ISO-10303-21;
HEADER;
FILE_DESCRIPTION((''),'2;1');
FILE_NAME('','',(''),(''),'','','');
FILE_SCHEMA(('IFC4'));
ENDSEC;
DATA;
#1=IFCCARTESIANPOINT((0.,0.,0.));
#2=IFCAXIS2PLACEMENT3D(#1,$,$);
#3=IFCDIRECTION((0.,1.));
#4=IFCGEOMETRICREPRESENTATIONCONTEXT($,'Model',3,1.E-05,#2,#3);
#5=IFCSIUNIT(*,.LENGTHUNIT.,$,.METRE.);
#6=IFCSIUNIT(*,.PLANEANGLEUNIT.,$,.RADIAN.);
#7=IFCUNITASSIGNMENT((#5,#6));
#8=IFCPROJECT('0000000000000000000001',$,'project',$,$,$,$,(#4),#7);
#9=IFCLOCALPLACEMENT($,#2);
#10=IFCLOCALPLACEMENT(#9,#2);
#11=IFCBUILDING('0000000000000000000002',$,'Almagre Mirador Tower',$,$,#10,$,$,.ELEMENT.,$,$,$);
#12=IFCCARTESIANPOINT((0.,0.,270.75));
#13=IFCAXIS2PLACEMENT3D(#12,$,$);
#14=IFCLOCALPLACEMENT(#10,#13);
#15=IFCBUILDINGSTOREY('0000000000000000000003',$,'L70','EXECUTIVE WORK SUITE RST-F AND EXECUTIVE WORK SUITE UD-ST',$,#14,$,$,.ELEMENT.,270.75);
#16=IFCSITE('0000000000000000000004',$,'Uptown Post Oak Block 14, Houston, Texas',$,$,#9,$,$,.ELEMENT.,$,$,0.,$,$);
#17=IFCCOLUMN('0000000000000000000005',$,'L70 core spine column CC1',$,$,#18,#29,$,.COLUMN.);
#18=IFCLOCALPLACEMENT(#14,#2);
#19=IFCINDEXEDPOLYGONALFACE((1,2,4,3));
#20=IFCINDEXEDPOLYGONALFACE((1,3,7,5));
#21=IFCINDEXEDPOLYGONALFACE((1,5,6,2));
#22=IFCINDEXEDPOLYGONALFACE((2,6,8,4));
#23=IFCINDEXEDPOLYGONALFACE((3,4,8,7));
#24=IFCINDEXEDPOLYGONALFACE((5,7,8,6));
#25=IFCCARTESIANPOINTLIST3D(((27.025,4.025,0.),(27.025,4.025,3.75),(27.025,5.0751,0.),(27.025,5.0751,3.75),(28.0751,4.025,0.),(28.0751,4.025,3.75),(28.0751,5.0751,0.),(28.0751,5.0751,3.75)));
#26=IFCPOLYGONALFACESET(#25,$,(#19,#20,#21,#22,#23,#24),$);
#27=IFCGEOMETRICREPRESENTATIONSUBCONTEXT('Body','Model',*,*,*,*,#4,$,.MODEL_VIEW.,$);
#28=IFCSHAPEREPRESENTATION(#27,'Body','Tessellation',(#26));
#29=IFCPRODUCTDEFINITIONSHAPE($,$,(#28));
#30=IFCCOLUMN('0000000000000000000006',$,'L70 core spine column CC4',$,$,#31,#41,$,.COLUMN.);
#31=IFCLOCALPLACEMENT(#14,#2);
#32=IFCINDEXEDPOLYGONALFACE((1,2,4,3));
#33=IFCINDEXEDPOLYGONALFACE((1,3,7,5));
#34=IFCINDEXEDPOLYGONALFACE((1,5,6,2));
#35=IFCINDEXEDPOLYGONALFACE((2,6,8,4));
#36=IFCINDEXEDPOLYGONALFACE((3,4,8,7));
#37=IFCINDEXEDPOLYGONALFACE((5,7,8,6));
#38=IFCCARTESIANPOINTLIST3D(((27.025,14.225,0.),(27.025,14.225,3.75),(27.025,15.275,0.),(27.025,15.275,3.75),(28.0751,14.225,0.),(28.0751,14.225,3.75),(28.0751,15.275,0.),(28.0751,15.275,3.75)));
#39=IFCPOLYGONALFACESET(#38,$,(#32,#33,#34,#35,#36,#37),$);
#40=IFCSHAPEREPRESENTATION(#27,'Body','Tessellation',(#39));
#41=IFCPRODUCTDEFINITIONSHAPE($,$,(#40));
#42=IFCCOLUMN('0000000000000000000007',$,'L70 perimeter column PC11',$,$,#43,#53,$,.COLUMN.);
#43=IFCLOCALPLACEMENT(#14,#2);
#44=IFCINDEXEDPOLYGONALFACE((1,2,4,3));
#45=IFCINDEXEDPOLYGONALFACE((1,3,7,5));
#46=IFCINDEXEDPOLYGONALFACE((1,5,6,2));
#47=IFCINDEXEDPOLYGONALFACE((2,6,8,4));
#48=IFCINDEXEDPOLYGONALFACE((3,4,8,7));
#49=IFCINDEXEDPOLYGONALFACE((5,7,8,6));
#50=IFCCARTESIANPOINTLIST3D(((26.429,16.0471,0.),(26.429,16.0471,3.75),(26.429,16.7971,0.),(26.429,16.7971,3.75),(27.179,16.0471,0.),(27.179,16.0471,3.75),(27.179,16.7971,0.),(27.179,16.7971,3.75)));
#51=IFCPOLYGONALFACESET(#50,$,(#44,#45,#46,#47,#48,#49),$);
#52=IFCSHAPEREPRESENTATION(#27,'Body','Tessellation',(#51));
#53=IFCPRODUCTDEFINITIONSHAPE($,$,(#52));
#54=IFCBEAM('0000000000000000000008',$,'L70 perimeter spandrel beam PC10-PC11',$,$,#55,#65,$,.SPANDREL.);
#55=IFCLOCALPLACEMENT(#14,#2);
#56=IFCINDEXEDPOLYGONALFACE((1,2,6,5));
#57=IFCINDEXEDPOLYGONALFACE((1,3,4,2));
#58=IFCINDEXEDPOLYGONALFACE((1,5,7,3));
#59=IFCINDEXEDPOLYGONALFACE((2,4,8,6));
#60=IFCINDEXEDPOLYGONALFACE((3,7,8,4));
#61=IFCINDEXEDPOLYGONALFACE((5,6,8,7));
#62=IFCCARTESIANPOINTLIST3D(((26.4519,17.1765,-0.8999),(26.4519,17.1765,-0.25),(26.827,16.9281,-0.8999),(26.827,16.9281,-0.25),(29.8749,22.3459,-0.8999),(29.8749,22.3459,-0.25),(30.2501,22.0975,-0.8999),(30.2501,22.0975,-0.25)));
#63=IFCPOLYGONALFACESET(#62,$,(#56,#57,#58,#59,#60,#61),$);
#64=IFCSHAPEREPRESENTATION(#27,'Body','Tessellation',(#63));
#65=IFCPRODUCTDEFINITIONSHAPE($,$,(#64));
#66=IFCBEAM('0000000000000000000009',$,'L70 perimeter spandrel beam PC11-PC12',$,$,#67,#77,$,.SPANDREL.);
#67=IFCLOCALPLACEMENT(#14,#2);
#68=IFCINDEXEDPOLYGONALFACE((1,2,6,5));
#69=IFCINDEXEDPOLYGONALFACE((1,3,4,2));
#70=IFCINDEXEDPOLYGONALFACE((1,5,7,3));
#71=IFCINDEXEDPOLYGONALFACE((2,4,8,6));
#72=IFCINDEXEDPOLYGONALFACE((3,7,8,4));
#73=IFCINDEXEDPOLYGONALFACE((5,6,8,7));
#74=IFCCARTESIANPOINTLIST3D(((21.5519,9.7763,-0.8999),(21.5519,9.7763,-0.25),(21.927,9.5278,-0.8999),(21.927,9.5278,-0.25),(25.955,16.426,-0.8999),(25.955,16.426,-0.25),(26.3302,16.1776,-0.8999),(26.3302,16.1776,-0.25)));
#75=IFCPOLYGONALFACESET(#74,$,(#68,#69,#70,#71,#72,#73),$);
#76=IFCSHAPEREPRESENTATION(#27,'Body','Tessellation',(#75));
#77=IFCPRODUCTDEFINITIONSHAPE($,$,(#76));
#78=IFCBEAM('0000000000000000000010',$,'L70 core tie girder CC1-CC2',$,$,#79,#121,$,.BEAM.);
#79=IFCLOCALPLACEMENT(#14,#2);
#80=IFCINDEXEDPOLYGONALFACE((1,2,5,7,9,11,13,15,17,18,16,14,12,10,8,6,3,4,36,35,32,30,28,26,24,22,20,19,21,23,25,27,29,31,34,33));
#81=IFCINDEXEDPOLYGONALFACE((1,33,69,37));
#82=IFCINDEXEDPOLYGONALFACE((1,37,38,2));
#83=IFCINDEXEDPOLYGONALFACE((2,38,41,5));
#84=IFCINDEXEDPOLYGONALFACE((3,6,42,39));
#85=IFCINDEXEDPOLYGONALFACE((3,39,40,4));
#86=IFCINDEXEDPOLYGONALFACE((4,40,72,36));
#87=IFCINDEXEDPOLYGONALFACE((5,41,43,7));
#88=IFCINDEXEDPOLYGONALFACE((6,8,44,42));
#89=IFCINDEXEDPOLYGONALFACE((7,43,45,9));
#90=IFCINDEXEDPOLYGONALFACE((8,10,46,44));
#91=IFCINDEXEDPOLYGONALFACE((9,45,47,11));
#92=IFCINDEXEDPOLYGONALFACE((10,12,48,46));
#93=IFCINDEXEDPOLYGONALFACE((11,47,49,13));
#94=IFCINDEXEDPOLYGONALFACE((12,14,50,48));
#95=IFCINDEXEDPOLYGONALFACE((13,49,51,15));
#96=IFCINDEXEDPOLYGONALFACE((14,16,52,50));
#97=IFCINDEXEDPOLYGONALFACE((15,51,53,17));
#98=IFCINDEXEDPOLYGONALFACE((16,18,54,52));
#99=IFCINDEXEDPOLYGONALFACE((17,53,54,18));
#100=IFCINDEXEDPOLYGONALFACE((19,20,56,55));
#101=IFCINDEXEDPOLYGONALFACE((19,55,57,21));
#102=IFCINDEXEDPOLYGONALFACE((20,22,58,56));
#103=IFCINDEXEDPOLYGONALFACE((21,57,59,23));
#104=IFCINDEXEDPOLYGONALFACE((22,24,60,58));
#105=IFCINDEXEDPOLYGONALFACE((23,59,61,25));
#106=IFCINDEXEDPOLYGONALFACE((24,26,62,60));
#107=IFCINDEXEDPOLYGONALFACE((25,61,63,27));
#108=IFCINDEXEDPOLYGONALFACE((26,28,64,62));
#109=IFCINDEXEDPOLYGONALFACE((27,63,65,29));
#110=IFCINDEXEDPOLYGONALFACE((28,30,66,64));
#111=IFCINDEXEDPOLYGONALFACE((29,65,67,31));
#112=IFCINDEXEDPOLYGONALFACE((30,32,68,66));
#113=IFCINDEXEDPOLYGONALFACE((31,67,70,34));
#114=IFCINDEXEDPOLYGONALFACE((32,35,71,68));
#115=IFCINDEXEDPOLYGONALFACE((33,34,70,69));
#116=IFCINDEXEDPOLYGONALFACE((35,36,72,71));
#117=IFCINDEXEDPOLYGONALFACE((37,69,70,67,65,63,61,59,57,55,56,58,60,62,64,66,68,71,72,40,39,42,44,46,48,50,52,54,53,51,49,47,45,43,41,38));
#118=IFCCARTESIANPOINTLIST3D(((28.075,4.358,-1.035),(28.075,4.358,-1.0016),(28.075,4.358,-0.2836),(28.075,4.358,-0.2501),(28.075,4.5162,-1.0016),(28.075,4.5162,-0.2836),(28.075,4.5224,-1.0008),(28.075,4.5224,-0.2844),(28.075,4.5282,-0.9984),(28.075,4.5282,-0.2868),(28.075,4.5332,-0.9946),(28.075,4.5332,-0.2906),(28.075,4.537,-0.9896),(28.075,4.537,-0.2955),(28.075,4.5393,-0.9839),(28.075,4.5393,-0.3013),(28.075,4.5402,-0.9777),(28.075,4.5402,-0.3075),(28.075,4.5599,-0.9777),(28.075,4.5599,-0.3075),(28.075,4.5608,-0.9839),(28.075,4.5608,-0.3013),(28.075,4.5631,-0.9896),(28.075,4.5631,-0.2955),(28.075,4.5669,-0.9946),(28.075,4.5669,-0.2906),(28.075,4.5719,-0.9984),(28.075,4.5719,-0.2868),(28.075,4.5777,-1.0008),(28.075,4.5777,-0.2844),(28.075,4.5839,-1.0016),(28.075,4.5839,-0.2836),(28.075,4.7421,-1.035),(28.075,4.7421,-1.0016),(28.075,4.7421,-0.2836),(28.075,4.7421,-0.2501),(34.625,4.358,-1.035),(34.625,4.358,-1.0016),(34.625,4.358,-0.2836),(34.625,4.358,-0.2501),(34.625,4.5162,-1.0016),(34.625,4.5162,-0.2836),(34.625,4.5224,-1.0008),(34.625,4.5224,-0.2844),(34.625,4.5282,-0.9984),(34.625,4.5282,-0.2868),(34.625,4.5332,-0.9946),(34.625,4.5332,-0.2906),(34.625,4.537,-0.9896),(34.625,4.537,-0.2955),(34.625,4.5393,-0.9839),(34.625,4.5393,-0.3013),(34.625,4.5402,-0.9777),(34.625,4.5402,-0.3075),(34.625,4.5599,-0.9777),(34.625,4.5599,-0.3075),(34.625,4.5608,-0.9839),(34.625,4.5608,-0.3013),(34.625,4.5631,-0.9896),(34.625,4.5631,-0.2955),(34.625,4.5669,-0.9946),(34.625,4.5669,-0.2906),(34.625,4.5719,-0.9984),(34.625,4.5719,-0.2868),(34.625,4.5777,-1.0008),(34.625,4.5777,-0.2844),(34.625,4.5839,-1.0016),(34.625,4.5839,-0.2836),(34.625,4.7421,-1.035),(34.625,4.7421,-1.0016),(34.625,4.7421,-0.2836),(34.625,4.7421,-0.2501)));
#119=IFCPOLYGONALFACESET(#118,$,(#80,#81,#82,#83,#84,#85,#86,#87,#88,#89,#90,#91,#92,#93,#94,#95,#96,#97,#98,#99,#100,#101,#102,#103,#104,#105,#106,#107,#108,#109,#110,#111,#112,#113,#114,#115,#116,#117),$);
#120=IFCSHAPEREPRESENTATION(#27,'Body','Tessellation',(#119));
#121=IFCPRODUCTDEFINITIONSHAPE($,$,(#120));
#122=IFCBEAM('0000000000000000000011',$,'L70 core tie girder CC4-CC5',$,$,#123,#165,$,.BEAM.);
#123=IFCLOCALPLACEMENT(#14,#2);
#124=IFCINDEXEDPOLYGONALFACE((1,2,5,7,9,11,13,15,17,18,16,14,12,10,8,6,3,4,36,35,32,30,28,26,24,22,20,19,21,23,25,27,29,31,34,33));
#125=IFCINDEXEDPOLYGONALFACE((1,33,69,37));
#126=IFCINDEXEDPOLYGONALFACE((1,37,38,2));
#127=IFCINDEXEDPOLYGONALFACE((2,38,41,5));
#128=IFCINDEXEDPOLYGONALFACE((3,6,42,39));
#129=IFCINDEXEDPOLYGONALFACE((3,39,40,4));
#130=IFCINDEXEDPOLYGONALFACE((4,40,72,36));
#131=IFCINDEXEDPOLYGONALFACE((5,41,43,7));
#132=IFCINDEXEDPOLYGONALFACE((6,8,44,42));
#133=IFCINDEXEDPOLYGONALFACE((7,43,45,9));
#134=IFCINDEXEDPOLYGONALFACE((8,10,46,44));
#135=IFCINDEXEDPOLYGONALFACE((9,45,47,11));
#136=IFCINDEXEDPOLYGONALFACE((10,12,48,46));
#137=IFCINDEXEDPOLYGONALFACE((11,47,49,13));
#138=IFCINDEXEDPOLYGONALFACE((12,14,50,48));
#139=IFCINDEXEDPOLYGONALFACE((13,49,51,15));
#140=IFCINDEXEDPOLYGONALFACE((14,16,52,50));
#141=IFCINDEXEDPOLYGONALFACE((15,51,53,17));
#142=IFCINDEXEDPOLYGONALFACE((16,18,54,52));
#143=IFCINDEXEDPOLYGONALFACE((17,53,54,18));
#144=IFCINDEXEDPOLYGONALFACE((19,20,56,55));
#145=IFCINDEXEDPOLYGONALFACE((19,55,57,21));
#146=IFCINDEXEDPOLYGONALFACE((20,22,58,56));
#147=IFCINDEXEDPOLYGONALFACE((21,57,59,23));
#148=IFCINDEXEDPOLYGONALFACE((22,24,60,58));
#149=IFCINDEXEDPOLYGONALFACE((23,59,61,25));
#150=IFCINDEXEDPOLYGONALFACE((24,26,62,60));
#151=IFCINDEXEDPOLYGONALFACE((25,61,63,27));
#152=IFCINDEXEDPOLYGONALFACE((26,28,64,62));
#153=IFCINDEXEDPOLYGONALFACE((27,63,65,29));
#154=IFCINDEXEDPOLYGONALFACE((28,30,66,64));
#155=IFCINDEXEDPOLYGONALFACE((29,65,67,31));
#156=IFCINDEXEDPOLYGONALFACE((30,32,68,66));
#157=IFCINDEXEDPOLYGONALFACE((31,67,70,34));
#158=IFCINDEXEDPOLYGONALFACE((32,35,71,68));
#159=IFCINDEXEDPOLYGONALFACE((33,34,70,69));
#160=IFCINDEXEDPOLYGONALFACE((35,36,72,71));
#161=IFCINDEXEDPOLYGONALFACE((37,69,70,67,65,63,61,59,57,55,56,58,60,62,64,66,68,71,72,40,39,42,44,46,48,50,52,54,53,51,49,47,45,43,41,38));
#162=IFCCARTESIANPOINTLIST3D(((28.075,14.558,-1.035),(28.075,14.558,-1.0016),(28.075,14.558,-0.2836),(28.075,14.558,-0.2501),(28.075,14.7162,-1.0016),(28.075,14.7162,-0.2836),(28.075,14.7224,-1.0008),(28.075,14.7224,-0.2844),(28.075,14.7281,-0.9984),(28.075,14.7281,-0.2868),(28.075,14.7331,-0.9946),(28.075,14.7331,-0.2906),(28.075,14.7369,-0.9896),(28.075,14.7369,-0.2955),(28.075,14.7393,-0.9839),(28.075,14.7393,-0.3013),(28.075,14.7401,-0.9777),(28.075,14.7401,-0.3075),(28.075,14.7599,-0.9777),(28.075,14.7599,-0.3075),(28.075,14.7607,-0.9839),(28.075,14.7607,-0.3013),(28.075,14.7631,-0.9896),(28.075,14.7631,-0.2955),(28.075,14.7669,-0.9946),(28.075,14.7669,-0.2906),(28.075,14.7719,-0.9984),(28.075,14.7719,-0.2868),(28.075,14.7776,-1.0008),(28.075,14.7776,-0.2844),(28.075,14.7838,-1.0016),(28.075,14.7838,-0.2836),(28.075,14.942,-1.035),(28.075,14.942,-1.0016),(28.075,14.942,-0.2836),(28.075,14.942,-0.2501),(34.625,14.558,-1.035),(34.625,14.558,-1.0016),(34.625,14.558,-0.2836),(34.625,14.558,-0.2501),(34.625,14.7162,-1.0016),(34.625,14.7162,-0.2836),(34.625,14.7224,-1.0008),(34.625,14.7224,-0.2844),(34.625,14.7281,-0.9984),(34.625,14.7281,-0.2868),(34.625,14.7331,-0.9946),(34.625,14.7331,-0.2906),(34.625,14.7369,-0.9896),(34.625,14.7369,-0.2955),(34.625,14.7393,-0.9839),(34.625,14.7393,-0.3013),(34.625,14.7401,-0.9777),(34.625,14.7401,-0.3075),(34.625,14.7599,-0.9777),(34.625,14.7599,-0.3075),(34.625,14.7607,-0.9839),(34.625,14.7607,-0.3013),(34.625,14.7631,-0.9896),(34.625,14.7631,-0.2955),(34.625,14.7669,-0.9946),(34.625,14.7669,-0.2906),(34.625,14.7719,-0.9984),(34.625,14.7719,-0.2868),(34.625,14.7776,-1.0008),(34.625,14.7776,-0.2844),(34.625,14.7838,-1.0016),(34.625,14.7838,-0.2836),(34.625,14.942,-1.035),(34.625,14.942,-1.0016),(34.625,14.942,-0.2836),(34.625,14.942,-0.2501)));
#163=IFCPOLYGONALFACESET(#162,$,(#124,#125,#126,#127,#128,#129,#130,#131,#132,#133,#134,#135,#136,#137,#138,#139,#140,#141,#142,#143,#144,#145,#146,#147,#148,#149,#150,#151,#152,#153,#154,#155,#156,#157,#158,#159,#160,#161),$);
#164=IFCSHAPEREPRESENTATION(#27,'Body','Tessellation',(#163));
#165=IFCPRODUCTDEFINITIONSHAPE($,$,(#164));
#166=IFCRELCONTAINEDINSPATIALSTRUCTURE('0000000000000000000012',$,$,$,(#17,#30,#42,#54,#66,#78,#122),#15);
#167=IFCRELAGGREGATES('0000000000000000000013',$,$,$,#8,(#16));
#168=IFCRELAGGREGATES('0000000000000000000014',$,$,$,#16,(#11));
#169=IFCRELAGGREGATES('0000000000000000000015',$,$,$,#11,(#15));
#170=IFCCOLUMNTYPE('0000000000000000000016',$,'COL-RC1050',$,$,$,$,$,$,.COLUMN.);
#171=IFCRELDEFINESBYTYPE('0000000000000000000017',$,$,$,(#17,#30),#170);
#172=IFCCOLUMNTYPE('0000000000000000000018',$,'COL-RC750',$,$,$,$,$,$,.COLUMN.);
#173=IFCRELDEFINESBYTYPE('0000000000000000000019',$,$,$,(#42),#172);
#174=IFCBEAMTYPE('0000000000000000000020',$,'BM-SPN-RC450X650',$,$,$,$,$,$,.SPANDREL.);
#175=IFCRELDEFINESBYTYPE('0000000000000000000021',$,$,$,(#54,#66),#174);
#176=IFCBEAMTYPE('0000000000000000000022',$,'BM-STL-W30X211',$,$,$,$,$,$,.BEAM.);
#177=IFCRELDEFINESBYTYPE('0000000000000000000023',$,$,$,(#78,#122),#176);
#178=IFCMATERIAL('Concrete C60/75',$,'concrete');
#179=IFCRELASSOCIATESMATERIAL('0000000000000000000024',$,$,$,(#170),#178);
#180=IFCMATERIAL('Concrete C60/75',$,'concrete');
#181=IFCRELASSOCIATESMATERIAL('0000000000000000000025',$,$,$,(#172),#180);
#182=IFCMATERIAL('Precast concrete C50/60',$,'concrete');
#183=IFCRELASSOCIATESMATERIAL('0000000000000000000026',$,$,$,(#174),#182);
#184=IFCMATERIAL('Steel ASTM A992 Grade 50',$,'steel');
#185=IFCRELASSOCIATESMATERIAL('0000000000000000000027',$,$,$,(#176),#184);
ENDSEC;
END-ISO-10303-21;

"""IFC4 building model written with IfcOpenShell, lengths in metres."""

from ifc_helpers import new_model, si_unit, direction, frame, origin, origin_2d, place, context, subcontext, project, spatial, rectangle, i_section, extrude, material, material_profile, profile_set, type_object, element, save


model = new_model("IFC4")

# Units and contexts
model_context = context("Model", 3, precision=1e-05, world=origin(), true_north=direction((0.0, 1.0)))
body_context = subcontext(model_context, "Body", "Model", "MODEL_VIEW")
ifc_project = project(units=[si_unit("LENGTHUNIT", "METRE"), si_unit("PLANEANGLEUNIT", "RADIAN")], contexts=[model_context])

# Site, building, storey
site_placement = place(None, origin())
site = spatial("IfcSite", under=ifc_project, at=site_placement, Name="Uptown Post Oak Block 14, Houston, Texas", CompositionType="ELEMENT", RefElevation=0.0)
building_placement = place(site_placement, origin())
building = spatial("IfcBuilding", under=site, at=building_placement, Name="Almagre Mirador Tower", CompositionType="ELEMENT")
storey_placement = place(building_placement, frame((0.0, 0.0, 270.75)))
storey = spatial("IfcBuildingStorey", under=building, at=storey_placement, Name="L70", Description="EXECUTIVE WORK SUITE RST-F AND EXECUTIVE WORK SUITE UD-ST", CompositionType="ELEMENT", Elevation=270.75)

# Columns
ifc_material_1 = material(Name="Concrete C60/75", Category="concrete")
ifc_material_profile_1 = material_profile(ifc_material_1, rectangle(XDim=1.05, YDim=1.05, at=origin_2d()), Name="RC1050X1050")
ifc_profile_set_1 = profile_set([ifc_material_profile_1], Name="Concrete C60/75")
column_type_1 = type_object("IfcColumnType", Name="COL-RC1050", PredefinedType="COLUMN", material=ifc_profile_set_1)
for number, where, z_axis, x_axis, name in (
    (1, (27.55, 4.55, 0.0), (0.0, 0.0, 1.0), (1.0, 0.0, 0.0), "L70 core spine column CC1"),
    (2, (27.55, 14.75, 0.0), (0.0, 0.0, 1.0), (1.0, 0.0, 0.0), "L70 core spine column CC4"),
):
    element("IfcColumn", number, at=place(storey_placement, frame(where, z_axis=z_axis, x_axis=x_axis)), inside=storey, type_object=column_type_1, Name=name, PredefinedType="COLUMN", context=body_context, shape_type="SweptSolid", body=[
        extrude(rectangle(XDim=1.05, YDim=1.05, at=origin_2d()), origin(), (0.0, 0.0, 1.0), 3.75),
    ])
ifc_material_2 = material(Name="Concrete C60/75", Category="concrete")
ifc_material_profile_2 = material_profile(ifc_material_2, rectangle(XDim=0.75, YDim=0.75, at=origin_2d()), Name="RC750X750")
ifc_profile_set_2 = profile_set([ifc_material_profile_2], Name="Concrete C60/75")
column_type_2 = type_object("IfcColumnType", Name="COL-RC750", PredefinedType="COLUMN", material=ifc_profile_set_2)
column_placement = place(storey_placement, frame((26.804, 16.4221, 0.0), z_axis=(0.0, 0.0, 1.0), x_axis=(1.0, 0.0, 0.0)))
element("IfcColumn", 3, at=column_placement, inside=storey, type_object=column_type_2, Name="L70 perimeter column PC11", PredefinedType="COLUMN", context=body_context, shape_type="SweptSolid", body=[
    extrude(rectangle(XDim=0.75, YDim=0.75, at=origin_2d()), origin(), (0.0, 0.0, 1.0), 3.75),
])

# Beams
ifc_material_3 = material(Name="Precast concrete C50/60", Category="concrete")
ifc_material_profile_3 = material_profile(ifc_material_3, rectangle(XDim=0.45, YDim=0.6499, at=origin_2d()), Name="RC450X650")
ifc_profile_set_3 = profile_set([ifc_material_profile_3], Name="Precast concrete C50/60")
beam_type_1 = type_object("IfcBeamType", Name="BM-SPN-RC450X650", PredefinedType="SPANDREL", material=ifc_profile_set_3)
beam_1_placement = place(storey_placement, frame((30.0625, 22.2217, -0.575), z_axis=(-0.552108, -0.833773, 0.0), x_axis=(0.833773, -0.552108, 0.0)))
element("IfcBeam", 4, at=beam_1_placement, inside=storey, type_object=beam_type_1, Name="L70 perimeter spandrel beam PC10-PC11", PredefinedType="SPANDREL", context=body_context, shape_type="SweptSolid", body=[
    extrude(rectangle(XDim=0.45, YDim=0.6499, at=origin_2d()), origin(), (0.0, 0.0, 1.0), 6.2),
])
beam_2_placement = place(storey_placement, frame((26.1426, 16.3018, -0.575), z_axis=(-0.552091, -0.833784, 0.0), x_axis=(0.833784, -0.552091, 0.0)))
element("IfcBeam", 5, at=beam_2_placement, inside=storey, type_object=beam_type_1, Name="L70 perimeter spandrel beam PC11-PC12", PredefinedType="SPANDREL", context=body_context, shape_type="SweptSolid", body=[
    extrude(rectangle(XDim=0.45, YDim=0.6499, at=origin_2d()), origin(), (0.0, 0.0, 1.0), 7.9753),
])
ifc_material_4 = material(Name="Steel ASTM A992 Grade 50", Category="steel")
ifc_material_profile_4 = material_profile(ifc_material_4, i_section(OverallWidth=0.384, OverallDepth=0.7849, WebThickness=0.0198, FlangeThickness=0.0334, FilletRadius=0.0239, at=origin_2d()), Name="W30X211")
ifc_profile_set_4 = profile_set([ifc_material_profile_4], Name="Steel ASTM A992 Grade 50")
beam_type_2 = type_object("IfcBeamType", Name="BM-STL-W30X211", PredefinedType="BEAM", material=ifc_profile_set_4)
for number, where, z_axis, x_axis, name in (
    (6, (28.075, 4.55, -0.6426), (1.0, 0.0, 0.0), (0.0, 1.0, 0.0), "L70 core tie girder CC1-CC2"),
    (7, (28.075, 14.75, -0.6426), (1.0, 0.0, 0.0), (0.0, 1.0, 0.0), "L70 core tie girder CC4-CC5"),
):
    element("IfcBeam", number, at=place(storey_placement, frame(where, z_axis=z_axis, x_axis=x_axis)), inside=storey, type_object=beam_type_2, Name=name, PredefinedType="BEAM", context=body_context, shape_type="SweptSolid", body=[
        extrude(i_section(OverallWidth=0.384, OverallDepth=0.7849, WebThickness=0.0198, FlangeThickness=0.0334, FilletRadius=0.0239, at=origin_2d()), origin(), (0.0, 0.0, 1.0), 6.55),
    ])

save(model, "model.ifc")
